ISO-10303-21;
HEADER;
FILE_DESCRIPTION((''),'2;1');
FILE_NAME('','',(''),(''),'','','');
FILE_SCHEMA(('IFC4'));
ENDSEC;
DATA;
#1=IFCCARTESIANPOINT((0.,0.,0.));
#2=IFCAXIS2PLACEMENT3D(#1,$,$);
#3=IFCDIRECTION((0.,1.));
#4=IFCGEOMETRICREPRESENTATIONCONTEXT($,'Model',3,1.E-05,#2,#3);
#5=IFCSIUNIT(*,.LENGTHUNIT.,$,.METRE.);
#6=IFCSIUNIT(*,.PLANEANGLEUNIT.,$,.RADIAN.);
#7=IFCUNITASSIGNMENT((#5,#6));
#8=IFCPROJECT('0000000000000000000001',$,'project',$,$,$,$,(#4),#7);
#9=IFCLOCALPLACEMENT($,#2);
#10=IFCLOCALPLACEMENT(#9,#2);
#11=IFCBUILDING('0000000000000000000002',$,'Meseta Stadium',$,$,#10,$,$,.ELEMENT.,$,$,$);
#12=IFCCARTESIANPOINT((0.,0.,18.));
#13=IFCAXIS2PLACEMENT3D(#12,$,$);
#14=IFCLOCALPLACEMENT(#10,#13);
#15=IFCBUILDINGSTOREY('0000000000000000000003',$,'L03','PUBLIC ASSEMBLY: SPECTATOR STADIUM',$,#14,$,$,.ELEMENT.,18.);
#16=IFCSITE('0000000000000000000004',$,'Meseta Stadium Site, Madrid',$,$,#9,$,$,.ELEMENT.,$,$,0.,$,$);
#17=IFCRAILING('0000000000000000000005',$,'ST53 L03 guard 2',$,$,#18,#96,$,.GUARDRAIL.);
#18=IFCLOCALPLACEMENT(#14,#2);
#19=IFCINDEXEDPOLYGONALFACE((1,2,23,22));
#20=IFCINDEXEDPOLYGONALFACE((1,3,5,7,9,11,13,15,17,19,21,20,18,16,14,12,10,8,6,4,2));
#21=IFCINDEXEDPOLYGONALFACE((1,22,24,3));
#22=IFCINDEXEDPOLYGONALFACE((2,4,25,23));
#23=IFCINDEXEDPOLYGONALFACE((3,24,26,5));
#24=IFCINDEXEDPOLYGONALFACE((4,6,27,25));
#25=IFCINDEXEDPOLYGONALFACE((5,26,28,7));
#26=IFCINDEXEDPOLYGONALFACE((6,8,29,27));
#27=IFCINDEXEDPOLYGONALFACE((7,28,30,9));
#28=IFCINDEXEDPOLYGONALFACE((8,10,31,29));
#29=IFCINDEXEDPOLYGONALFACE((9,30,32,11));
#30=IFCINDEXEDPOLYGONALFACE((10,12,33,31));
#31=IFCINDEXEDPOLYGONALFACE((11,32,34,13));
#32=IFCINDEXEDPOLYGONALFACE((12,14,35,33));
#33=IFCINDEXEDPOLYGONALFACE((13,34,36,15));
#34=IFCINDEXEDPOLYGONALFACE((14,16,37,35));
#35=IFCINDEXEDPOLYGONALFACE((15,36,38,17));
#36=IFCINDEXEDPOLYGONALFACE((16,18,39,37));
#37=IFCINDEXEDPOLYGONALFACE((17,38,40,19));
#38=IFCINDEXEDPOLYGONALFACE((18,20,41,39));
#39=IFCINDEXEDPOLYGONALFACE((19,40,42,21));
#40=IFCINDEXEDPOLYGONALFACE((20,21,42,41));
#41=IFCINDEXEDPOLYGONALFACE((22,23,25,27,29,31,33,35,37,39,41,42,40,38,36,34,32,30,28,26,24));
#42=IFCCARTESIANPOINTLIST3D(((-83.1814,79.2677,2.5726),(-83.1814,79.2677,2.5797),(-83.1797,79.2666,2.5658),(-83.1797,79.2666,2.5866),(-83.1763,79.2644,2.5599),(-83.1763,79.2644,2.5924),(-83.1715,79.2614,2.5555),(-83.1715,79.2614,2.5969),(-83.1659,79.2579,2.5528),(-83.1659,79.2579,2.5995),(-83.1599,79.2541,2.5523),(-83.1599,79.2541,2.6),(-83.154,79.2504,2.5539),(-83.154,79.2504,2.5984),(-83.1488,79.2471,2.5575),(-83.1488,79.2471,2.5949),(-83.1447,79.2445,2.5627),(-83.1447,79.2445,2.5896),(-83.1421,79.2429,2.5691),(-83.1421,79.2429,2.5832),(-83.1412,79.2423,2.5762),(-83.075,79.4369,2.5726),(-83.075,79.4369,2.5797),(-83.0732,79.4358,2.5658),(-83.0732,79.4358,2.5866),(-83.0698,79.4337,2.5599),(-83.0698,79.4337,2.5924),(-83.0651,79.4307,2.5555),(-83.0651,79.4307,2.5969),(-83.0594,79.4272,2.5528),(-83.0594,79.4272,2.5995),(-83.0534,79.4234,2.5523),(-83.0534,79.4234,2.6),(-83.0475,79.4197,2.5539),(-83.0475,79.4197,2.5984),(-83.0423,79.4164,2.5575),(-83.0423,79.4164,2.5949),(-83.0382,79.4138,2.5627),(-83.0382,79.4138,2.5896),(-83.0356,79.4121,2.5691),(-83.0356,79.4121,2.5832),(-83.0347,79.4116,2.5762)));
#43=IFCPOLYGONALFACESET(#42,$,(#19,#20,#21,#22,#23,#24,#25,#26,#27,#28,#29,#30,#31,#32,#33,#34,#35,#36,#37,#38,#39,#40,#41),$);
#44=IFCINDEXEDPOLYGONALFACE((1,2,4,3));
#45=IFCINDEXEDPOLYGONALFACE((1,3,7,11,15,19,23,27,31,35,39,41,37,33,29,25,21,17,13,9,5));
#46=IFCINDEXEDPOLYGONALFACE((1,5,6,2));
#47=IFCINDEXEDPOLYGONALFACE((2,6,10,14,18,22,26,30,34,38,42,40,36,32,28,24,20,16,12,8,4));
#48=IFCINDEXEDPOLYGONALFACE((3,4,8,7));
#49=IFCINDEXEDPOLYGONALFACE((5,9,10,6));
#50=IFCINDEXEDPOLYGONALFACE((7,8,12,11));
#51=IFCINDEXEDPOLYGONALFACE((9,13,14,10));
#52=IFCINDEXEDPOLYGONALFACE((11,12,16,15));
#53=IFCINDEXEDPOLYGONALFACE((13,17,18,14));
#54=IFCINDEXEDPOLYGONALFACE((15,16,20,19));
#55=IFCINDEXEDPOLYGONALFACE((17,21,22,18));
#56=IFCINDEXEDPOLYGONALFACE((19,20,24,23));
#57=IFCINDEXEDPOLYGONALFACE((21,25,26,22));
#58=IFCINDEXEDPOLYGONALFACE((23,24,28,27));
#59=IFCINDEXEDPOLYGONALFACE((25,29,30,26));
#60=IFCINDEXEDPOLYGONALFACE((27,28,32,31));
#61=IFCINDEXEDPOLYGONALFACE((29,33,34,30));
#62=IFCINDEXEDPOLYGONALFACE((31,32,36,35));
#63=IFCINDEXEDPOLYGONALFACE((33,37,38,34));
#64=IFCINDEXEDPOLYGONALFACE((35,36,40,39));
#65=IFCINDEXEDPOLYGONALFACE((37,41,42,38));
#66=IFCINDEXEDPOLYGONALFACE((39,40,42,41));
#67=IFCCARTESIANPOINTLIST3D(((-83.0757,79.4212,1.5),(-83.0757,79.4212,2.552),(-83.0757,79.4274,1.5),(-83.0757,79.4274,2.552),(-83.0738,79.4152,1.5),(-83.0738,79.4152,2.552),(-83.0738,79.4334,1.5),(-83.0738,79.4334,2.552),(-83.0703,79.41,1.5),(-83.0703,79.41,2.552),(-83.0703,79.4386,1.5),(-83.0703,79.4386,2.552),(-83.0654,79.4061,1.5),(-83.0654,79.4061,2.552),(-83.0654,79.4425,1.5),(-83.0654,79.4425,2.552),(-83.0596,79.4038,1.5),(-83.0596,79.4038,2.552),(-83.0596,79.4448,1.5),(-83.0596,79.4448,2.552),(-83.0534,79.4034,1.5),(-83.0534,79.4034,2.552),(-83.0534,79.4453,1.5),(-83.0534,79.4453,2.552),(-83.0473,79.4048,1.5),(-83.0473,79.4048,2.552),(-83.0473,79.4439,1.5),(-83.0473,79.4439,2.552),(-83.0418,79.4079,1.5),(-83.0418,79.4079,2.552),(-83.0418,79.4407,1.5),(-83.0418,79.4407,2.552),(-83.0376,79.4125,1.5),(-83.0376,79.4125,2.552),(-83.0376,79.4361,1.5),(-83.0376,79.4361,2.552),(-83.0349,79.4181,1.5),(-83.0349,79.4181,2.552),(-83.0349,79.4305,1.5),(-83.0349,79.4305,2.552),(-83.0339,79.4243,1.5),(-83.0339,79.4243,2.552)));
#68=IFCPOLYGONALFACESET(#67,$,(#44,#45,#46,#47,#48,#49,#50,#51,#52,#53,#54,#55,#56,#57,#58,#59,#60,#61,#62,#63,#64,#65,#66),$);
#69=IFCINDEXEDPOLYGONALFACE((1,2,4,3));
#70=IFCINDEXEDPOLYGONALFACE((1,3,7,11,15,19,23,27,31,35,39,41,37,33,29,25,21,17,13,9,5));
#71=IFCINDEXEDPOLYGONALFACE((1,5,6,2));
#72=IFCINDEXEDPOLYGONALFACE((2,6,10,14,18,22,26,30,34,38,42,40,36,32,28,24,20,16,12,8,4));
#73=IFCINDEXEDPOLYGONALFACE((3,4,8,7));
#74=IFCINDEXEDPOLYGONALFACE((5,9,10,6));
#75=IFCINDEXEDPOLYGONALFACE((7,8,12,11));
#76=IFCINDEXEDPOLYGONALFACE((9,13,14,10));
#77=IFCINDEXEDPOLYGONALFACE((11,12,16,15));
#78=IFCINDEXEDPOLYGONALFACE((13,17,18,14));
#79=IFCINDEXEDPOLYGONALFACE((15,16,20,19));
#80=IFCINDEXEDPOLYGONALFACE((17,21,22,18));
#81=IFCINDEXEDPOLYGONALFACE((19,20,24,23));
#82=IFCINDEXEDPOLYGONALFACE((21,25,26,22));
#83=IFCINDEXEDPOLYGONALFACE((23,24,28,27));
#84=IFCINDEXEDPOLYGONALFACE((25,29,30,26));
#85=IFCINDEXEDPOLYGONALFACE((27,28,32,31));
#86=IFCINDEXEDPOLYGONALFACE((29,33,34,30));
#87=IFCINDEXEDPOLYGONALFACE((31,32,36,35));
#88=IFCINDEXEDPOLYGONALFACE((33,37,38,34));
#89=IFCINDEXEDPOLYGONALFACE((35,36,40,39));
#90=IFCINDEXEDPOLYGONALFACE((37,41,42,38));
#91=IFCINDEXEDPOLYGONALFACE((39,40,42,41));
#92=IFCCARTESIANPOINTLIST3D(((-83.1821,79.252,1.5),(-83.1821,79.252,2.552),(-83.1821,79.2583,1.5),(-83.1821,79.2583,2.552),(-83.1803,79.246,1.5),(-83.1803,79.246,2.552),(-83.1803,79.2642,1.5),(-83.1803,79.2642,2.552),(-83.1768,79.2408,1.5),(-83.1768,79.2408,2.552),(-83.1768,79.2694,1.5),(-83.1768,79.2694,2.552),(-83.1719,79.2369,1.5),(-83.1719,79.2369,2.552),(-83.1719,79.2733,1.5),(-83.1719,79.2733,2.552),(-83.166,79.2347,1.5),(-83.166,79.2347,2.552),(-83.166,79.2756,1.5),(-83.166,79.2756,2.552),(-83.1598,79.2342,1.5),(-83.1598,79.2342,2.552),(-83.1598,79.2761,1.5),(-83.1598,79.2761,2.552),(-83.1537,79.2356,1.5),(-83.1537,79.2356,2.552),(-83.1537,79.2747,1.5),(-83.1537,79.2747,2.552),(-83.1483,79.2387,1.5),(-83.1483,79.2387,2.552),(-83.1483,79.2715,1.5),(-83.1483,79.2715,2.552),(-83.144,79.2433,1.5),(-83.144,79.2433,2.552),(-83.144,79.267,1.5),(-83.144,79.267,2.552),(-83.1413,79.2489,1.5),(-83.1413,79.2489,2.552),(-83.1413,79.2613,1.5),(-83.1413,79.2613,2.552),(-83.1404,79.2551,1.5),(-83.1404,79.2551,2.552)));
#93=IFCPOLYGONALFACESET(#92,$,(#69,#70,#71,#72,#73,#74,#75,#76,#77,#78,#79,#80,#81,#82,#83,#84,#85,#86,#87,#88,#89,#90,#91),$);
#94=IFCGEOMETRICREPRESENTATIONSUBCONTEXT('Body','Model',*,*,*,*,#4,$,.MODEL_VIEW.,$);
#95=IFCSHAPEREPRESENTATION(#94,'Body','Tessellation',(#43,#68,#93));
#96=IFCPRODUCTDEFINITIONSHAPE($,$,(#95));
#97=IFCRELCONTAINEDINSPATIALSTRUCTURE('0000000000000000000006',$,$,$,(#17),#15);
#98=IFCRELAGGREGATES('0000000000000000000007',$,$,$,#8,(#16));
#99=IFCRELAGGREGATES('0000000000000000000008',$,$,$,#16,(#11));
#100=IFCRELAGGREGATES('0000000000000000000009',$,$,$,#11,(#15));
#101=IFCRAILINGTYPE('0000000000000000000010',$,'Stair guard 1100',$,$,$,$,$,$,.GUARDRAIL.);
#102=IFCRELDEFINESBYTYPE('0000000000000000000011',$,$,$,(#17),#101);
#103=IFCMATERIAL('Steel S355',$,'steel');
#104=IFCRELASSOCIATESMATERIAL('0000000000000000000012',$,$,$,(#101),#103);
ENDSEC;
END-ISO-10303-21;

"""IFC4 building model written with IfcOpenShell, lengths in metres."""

from ifc_helpers import new_model, si_unit, direction, frame, origin, origin_2d, place, context, subcontext, project, spatial, circle, extrude, material, type_object, element, save


model = new_model("IFC4")

# Units and contexts
model_context = context("Model", 3, precision=1e-05, world=origin(), true_north=direction((0.0, 1.0)))
body_context = subcontext(model_context, "Body", "Model", "MODEL_VIEW")
ifc_project = project(units=[si_unit("LENGTHUNIT", "METRE"), si_unit("PLANEANGLEUNIT", "RADIAN")], contexts=[model_context])

# Site, building, storey
site_placement = place(None, origin())
site = spatial("IfcSite", under=ifc_project, at=site_placement, Name="Meseta Stadium Site, Madrid", CompositionType="ELEMENT", RefElevation=0.0)
building_placement = place(site_placement, origin())
building = spatial("IfcBuilding", under=site, at=building_placement, Name="Meseta Stadium", CompositionType="ELEMENT")
storey_placement = place(building_placement, frame((0.0, 0.0, 18.0)))
storey = spatial("IfcBuildingStorey", under=building, at=storey_placement, Name="L03", Description="PUBLIC ASSEMBLY: SPECTATOR STADIUM", CompositionType="ELEMENT", Elevation=18.0)

# Railing
ifc_material_1 = material(Name="Steel S355", Category="steel")
railing_type_1 = type_object("IfcRailingType", Name="Stair guard 1100", PredefinedType="GUARDRAIL", material=ifc_material_1)
railing_1_placement = place(storey_placement, frame((-83.0549, 79.4243, 1.5)))
element("IfcRailing", 1, at=railing_1_placement, inside=storey, type_object=railing_type_1, Name="ST53 L03 guard 2", PredefinedType="GUARDRAIL", context=body_context, shape_type="SweptSolid", body=[
    extrude(circle(Radius=0.0239, at=origin_2d()), frame((0.0, 0.0, 1.0762), z_axis=(-0.532522, -0.846416, 0.0), x_axis=(0.846416, -0.532522, 0.0)), (0.0, 0.0, 1.0), 0.2),
    extrude(circle(Radius=0.021, at=origin_2d()), origin(), (0.0, 0.0, 1.0), 1.052),
    extrude(circle(Radius=0.021, at=origin_2d()), frame((-0.1064, -0.1692, 0.0)), (0.0, 0.0, 1.0), 1.052),
])

save(model, "model.ifc")
